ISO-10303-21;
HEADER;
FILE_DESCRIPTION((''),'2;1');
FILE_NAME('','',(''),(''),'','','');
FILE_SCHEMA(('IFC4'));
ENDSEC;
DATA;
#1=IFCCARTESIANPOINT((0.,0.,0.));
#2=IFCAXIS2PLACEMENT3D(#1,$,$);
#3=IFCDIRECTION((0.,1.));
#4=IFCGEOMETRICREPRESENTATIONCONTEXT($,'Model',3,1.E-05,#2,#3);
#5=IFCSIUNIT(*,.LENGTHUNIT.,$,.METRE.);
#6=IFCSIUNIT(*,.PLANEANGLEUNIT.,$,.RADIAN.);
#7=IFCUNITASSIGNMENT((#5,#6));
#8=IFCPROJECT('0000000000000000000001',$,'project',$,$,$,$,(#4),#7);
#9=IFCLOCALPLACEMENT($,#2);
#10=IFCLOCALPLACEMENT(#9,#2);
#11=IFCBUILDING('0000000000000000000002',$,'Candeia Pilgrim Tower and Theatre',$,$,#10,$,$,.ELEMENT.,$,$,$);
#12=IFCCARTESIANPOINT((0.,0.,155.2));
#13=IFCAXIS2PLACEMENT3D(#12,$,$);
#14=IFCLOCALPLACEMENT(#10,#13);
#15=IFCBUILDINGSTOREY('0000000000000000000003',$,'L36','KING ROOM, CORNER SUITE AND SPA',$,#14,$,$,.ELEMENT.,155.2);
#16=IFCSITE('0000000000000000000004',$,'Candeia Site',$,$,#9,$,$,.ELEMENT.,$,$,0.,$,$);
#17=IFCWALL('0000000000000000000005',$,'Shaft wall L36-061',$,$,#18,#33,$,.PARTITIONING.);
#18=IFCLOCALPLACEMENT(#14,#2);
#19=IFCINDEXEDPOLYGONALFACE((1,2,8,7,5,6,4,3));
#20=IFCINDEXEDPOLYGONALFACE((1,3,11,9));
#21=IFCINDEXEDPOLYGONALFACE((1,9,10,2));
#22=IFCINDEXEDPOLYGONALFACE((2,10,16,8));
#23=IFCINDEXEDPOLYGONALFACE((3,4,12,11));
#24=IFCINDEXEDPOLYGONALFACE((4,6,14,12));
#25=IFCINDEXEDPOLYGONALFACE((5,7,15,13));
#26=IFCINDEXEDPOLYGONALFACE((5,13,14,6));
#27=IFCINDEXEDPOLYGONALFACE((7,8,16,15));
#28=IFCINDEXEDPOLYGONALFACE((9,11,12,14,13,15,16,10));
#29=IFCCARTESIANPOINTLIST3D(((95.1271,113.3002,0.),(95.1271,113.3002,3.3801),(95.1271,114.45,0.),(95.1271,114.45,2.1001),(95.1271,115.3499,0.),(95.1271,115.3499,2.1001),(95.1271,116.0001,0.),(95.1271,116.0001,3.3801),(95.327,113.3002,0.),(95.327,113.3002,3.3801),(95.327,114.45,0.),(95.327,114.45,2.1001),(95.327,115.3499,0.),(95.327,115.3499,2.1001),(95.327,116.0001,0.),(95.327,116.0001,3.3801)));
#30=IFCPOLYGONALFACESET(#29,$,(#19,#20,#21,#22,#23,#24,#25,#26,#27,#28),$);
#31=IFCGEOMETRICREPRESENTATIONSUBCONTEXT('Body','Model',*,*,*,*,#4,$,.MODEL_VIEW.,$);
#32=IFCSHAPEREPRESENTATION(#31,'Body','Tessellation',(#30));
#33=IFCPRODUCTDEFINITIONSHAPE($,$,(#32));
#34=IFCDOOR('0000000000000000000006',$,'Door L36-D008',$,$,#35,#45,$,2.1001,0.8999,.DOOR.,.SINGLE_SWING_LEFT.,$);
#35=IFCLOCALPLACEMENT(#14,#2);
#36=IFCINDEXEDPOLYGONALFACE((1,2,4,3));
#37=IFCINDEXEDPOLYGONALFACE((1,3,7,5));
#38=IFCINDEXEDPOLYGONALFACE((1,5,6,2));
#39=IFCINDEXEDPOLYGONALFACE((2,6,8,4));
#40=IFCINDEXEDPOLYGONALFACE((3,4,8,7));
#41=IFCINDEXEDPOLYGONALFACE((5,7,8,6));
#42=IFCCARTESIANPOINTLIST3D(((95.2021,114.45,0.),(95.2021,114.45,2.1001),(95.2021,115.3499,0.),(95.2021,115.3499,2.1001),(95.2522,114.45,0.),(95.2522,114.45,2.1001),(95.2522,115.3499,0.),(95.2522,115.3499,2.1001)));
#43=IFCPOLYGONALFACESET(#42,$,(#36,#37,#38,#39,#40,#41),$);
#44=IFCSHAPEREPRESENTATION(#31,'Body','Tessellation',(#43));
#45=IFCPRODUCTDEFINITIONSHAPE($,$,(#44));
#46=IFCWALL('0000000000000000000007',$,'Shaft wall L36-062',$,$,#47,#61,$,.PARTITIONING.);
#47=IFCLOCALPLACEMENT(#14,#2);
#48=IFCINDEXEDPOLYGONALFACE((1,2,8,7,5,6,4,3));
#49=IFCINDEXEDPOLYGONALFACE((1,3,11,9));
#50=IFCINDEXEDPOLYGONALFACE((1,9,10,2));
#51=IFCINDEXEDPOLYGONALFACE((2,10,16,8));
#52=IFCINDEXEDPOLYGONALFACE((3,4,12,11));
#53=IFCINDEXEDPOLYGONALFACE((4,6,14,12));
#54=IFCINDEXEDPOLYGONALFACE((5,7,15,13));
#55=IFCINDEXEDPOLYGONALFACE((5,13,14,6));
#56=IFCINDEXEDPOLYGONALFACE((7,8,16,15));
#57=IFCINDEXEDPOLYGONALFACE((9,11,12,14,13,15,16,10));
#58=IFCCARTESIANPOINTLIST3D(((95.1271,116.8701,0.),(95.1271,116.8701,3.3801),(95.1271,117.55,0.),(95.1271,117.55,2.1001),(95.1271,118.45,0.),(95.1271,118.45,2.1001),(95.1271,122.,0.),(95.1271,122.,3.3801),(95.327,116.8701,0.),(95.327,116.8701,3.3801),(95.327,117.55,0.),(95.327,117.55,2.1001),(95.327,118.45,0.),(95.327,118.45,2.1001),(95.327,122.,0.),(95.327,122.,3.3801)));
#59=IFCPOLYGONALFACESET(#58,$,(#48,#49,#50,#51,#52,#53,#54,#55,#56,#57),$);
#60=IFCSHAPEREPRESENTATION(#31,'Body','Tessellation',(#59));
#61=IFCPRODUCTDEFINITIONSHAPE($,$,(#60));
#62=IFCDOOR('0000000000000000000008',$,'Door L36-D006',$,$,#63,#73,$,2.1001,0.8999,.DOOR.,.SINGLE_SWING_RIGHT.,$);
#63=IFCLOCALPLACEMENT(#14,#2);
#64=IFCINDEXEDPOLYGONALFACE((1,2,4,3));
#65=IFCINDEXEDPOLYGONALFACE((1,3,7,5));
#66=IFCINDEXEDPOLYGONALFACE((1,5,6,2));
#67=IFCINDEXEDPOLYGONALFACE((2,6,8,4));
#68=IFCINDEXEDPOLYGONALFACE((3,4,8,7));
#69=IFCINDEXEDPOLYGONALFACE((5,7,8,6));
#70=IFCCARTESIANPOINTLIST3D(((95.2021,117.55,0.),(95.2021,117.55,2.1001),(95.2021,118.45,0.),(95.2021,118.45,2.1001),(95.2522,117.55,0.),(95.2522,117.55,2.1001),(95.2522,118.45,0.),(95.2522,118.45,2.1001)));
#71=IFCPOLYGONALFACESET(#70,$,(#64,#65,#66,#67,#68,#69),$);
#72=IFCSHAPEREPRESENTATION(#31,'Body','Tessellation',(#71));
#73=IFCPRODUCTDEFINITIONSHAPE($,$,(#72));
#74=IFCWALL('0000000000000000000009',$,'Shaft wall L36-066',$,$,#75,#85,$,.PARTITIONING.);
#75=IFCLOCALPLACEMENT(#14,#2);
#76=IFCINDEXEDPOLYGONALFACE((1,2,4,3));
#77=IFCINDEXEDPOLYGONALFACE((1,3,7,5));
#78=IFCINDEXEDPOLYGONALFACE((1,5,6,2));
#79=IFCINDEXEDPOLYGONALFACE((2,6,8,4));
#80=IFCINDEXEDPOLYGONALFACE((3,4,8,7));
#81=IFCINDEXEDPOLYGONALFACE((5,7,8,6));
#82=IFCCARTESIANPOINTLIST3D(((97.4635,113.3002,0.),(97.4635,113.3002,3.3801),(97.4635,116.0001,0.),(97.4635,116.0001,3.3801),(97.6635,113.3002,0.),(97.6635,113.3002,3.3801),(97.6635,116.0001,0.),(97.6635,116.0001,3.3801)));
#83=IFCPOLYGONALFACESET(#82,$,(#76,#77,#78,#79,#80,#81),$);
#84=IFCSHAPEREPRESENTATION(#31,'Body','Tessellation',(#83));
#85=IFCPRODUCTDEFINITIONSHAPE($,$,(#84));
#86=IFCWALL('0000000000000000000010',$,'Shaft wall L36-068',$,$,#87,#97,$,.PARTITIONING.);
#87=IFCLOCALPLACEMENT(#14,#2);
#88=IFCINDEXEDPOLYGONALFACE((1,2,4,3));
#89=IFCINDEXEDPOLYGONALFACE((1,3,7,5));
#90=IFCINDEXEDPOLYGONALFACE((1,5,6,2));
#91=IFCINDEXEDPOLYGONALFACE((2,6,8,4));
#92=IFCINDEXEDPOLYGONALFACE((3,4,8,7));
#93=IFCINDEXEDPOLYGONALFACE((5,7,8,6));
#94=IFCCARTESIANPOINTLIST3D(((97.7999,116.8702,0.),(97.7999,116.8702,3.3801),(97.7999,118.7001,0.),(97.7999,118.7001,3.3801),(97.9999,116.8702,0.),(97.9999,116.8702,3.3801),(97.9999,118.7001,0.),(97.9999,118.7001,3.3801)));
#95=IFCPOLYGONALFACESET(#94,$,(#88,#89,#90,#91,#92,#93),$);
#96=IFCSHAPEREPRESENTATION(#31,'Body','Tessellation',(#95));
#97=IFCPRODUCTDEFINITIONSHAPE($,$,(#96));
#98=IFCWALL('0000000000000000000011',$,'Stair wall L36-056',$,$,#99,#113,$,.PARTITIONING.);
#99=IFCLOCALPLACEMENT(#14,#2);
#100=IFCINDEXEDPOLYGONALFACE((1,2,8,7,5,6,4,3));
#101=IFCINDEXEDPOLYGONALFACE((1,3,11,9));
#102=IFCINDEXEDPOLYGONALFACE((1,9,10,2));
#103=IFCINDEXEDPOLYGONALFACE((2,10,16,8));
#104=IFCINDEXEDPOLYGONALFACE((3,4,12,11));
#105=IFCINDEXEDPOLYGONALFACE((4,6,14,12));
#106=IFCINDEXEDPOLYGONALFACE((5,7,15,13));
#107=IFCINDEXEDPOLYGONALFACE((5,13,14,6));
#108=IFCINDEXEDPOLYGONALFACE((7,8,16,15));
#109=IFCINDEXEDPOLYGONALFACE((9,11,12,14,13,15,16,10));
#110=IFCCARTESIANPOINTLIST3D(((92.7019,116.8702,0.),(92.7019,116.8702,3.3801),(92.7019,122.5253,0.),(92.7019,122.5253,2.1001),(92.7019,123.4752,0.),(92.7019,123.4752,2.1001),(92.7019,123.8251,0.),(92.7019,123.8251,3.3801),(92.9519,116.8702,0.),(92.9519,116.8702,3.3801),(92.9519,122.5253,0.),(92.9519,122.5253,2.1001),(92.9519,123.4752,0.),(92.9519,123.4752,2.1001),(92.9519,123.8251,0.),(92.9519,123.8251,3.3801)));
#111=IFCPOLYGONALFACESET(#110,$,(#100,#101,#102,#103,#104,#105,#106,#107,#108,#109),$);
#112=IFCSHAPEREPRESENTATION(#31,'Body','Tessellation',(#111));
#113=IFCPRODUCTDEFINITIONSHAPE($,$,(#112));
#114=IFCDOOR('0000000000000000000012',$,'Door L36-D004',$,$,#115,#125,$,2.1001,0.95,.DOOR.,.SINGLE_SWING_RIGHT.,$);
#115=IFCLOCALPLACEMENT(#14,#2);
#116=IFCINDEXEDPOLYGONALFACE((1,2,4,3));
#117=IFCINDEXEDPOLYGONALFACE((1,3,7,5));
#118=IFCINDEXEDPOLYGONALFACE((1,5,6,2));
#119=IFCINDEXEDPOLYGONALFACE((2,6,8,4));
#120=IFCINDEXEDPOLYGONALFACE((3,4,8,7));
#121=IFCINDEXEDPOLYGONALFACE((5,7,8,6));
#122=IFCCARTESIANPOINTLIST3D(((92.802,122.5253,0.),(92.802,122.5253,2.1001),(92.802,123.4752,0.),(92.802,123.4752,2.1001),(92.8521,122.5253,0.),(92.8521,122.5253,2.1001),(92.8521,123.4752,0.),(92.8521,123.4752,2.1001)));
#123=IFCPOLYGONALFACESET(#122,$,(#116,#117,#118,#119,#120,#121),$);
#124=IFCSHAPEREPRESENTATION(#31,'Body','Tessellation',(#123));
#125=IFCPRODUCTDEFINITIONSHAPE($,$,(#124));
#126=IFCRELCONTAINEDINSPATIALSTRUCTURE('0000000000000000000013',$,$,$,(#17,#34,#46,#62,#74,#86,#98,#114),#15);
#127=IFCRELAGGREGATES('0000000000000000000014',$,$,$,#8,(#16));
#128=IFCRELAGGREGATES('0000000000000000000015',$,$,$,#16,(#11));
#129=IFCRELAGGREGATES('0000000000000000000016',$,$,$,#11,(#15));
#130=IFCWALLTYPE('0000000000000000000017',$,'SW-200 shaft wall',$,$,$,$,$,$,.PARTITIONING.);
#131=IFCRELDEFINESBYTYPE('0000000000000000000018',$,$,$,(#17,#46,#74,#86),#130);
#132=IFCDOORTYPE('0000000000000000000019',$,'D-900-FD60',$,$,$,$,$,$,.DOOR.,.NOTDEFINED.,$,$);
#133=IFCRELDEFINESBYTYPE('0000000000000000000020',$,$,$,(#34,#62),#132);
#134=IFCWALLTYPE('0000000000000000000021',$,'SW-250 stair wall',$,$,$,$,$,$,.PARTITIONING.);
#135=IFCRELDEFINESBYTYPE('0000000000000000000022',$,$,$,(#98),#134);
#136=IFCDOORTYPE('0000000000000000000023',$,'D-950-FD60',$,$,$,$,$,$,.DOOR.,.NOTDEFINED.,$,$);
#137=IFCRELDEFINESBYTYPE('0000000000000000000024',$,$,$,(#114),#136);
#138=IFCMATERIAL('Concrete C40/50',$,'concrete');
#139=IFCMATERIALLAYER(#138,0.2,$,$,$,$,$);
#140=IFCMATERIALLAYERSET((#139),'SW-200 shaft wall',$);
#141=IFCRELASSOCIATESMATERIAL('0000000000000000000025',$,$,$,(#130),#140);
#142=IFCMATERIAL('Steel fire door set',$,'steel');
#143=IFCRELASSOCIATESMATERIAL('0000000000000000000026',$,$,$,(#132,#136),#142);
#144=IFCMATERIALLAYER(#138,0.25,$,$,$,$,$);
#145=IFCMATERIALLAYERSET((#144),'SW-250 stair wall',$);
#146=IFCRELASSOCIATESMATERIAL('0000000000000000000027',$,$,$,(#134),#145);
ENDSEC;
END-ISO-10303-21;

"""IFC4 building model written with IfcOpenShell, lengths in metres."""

from ifc_helpers import new_model, si_unit, direction, frame, frame_2d, origin, place, context, subcontext, project, spatial, rectangle, extrude, material, layer, layer_set, type_object, element, fill, save


model = new_model("IFC4")

# Units and contexts
model_context = context("Model", 3, precision=1e-05, world=origin(), true_north=direction((0.0, 1.0)))
body_context = subcontext(model_context, "Body", "Model", "MODEL_VIEW")
ifc_project = project(units=[si_unit("LENGTHUNIT", "METRE"), si_unit("PLANEANGLEUNIT", "RADIAN")], contexts=[model_context])

# Site, building, storey
site_placement = place(None, origin())
site = spatial("IfcSite", under=ifc_project, at=site_placement, Name="Candeia Site", CompositionType="ELEMENT", RefElevation=0.0)
building_placement = place(site_placement, origin())
building = spatial("IfcBuilding", under=site, at=building_placement, Name="Candeia Pilgrim Tower and Theatre", CompositionType="ELEMENT")
storey_placement = place(building_placement, frame((0.0, 0.0, 155.2)))
storey = spatial("IfcBuildingStorey", under=building, at=storey_placement, Name="L36", Description="KING ROOM, CORNER SUITE AND SPA", CompositionType="ELEMENT", Elevation=155.2)

# Shared definitions
ifc_material_1 = material(Name="Steel fire door set", Category="steel")

# Shared definitions
ifc_material_2 = material(Name="Concrete C40/50", Category="concrete")
ifc_layer_1 = layer(ifc_material_2, 0.2)
ifc_layer_set_1 = layer_set([ifc_layer_1], Name="SW-200 shaft wall")
wall_type_1 = type_object("IfcWallType", Name="SW-200 shaft wall", PredefinedType="PARTITIONING", material=ifc_layer_set_1)

# Walls, openings, doors
wall_1_placement = place(storey_placement, frame((95.2271, 113.3, 0.0), z_axis=(0.0, 0.0, 1.0), x_axis=(0.0, 1.0, 0.0)))
wall_1 = element("IfcWall", 1, at=wall_1_placement, inside=storey, type_object=wall_type_1, Name="Shaft wall L36-061", PredefinedType="PARTITIONING", context=body_context, shape_type="SweptSolid", body=[
    extrude(rectangle(XDim=2.7, YDim=0.2, at=frame_2d((1.3501, 0.0))), origin(), (0.0, 0.0, 1.0), 3.3801),
])
opening_1_placement = place(wall_1_placement, frame((1.1499, 0.0, 0.0)))
opening_1 = element("IfcOpeningElement", 2, at=opening_1_placement, cuts=wall_1, PredefinedType="OPENING", context=body_context, shape_type="SweptSolid", body=[
    extrude(rectangle(XDim=0.8999, YDim=2.1001, at=frame_2d((0.45, 1.05))), frame((0.0, 0.1099, 0.0), z_axis=(0.0, -1.0, 0.0), x_axis=(1.0, 0.0, 0.0)), (0.0, 0.0, 1.0), 0.22),
])
door_type_1 = type_object("IfcDoorType", Name="D-900-FD60", OperationType="NOTDEFINED", PredefinedType="DOOR", material=ifc_material_1)
door_1_placement = place(opening_1_placement, origin())
door_1 = element("IfcDoor", 3, at=door_1_placement, inside=storey, type_object=door_type_1, Name="Door L36-D008", OperationType="SINGLE_SWING_LEFT", OverallHeight=2.1001, OverallWidth=0.8999, PredefinedType="DOOR", context=body_context, shape_type="SweptSolid", body=[
    extrude(rectangle(XDim=0.8999, YDim=2.1001, at=frame_2d((0.45, 1.05))), frame((0.0, 0.0249, 0.0), z_axis=(0.0, -1.0, 0.0), x_axis=(1.0, 0.0, 0.0)), (0.0, 0.0, 1.0), 0.05),
])
fill(opening_1, door_1)
wall_2_placement = place(storey_placement, frame((95.2271, 116.8701, 0.0), z_axis=(0.0, 0.0, 1.0), x_axis=(0.0, 1.0, 0.0)))
wall_2 = element("IfcWall", 4, at=wall_2_placement, inside=storey, type_object=wall_type_1, Name="Shaft wall L36-062", PredefinedType="PARTITIONING", context=body_context, shape_type="SweptSolid", body=[
    extrude(rectangle(XDim=5.1299, YDim=0.2, at=frame_2d((2.5649, 0.0))), origin(), (0.0, 0.0, 1.0), 3.3801),
])
opening_2_placement = place(wall_2_placement, frame((0.6799, 0.0, 0.0)))
opening_2 = element("IfcOpeningElement", 5, at=opening_2_placement, cuts=wall_2, PredefinedType="OPENING", context=body_context, shape_type="SweptSolid", body=[
    extrude(rectangle(XDim=0.8999, YDim=2.1001, at=frame_2d((0.45, 1.05))), frame((0.0, 0.1099, 0.0), z_axis=(0.0, -1.0, 0.0), x_axis=(1.0, 0.0, 0.0)), (0.0, 0.0, 1.0), 0.22),
])
door_2_placement = place(opening_2_placement, origin())
door_2 = element("IfcDoor", 6, at=door_2_placement, inside=storey, type_object=door_type_1, Name="Door L36-D006", OperationType="SINGLE_SWING_RIGHT", OverallHeight=2.1001, OverallWidth=0.8999, PredefinedType="DOOR", context=body_context, shape_type="SweptSolid", body=[
    extrude(rectangle(XDim=0.8999, YDim=2.1001, at=frame_2d((0.45, 1.05))), frame((0.0, 0.0249, 0.0), z_axis=(0.0, -1.0, 0.0), x_axis=(1.0, 0.0, 0.0)), (0.0, 0.0, 1.0), 0.05),
])
fill(opening_2, door_2)

# Walls
wall_3_placement = place(storey_placement, frame((97.5635, 113.3, 0.0), z_axis=(0.0, 0.0, 1.0), x_axis=(0.0, 1.0, 0.0)))
element("IfcWall", 7, at=wall_3_placement, inside=storey, type_object=wall_type_1, Name="Shaft wall L36-066", PredefinedType="PARTITIONING", context=body_context, shape_type="SweptSolid", body=[
    extrude(rectangle(XDim=2.7, YDim=0.2, at=frame_2d((1.3501, 0.0))), origin(), (0.0, 0.0, 1.0), 3.3801),
])
wall_4_placement = place(storey_placement, frame((97.8999, 116.8701, 0.0), z_axis=(0.0, 0.0, 1.0), x_axis=(0.0, 1.0, 0.0)))
element("IfcWall", 8, at=wall_4_placement, inside=storey, type_object=wall_type_1, Name="Shaft wall L36-068", PredefinedType="PARTITIONING", context=body_context, shape_type="SweptSolid", body=[
    extrude(rectangle(XDim=1.8298, YDim=0.2, at=frame_2d((0.915, 0.0))), origin(), (0.0, 0.0, 1.0), 3.3801),
])

# Wall, opening, door
ifc_layer_2 = layer(ifc_material_2, 0.25)
ifc_layer_set_2 = layer_set([ifc_layer_2], Name="SW-250 stair wall")
wall_type_2 = type_object("IfcWallType", Name="SW-250 stair wall", PredefinedType="PARTITIONING", material=ifc_layer_set_2)
wall_5_placement = place(storey_placement, frame((92.8269, 116.8701, 0.0), z_axis=(0.0, 0.0, 1.0), x_axis=(0.0, 1.0, 0.0)))
wall_5 = element("IfcWall", 9, at=wall_5_placement, inside=storey, type_object=wall_type_2, Name="Stair wall L36-056", PredefinedType="PARTITIONING", context=body_context, shape_type="SweptSolid", body=[
    extrude(rectangle(XDim=6.9548, YDim=0.25, at=frame_2d((3.4775, 0.0))), origin(), (0.0, 0.0, 1.0), 3.3801),
])
opening_3_placement = place(wall_5_placement, frame((5.655, 0.0, 0.0)))
opening_3 = element("IfcOpeningElement", 10, at=opening_3_placement, cuts=wall_5, PredefinedType="OPENING", context=body_context, shape_type="SweptSolid", body=[
    extrude(rectangle(XDim=0.95, YDim=2.1001, at=frame_2d((0.4751, 1.05))), frame((0.0, 0.135, 0.0), z_axis=(0.0, -1.0, 0.0), x_axis=(1.0, 0.0, 0.0)), (0.0, 0.0, 1.0), 0.27),
])
door_type_2 = type_object("IfcDoorType", Name="D-950-FD60", OperationType="NOTDEFINED", PredefinedType="DOOR", material=ifc_material_1)
door_3_placement = place(opening_3_placement, origin())
door_3 = element("IfcDoor", 11, at=door_3_placement, inside=storey, type_object=door_type_2, Name="Door L36-D004", OperationType="SINGLE_SWING_RIGHT", OverallHeight=2.1001, OverallWidth=0.95, PredefinedType="DOOR", context=body_context, shape_type="SweptSolid", body=[
    extrude(rectangle(XDim=0.95, YDim=2.1001, at=frame_2d((0.4751, 1.05))), frame((0.0, 0.0249, 0.0), z_axis=(0.0, -1.0, 0.0), x_axis=(1.0, 0.0, 0.0)), (0.0, 0.0, 1.0), 0.05),
])
fill(opening_3, door_3)

save(model, "model.ifc")
